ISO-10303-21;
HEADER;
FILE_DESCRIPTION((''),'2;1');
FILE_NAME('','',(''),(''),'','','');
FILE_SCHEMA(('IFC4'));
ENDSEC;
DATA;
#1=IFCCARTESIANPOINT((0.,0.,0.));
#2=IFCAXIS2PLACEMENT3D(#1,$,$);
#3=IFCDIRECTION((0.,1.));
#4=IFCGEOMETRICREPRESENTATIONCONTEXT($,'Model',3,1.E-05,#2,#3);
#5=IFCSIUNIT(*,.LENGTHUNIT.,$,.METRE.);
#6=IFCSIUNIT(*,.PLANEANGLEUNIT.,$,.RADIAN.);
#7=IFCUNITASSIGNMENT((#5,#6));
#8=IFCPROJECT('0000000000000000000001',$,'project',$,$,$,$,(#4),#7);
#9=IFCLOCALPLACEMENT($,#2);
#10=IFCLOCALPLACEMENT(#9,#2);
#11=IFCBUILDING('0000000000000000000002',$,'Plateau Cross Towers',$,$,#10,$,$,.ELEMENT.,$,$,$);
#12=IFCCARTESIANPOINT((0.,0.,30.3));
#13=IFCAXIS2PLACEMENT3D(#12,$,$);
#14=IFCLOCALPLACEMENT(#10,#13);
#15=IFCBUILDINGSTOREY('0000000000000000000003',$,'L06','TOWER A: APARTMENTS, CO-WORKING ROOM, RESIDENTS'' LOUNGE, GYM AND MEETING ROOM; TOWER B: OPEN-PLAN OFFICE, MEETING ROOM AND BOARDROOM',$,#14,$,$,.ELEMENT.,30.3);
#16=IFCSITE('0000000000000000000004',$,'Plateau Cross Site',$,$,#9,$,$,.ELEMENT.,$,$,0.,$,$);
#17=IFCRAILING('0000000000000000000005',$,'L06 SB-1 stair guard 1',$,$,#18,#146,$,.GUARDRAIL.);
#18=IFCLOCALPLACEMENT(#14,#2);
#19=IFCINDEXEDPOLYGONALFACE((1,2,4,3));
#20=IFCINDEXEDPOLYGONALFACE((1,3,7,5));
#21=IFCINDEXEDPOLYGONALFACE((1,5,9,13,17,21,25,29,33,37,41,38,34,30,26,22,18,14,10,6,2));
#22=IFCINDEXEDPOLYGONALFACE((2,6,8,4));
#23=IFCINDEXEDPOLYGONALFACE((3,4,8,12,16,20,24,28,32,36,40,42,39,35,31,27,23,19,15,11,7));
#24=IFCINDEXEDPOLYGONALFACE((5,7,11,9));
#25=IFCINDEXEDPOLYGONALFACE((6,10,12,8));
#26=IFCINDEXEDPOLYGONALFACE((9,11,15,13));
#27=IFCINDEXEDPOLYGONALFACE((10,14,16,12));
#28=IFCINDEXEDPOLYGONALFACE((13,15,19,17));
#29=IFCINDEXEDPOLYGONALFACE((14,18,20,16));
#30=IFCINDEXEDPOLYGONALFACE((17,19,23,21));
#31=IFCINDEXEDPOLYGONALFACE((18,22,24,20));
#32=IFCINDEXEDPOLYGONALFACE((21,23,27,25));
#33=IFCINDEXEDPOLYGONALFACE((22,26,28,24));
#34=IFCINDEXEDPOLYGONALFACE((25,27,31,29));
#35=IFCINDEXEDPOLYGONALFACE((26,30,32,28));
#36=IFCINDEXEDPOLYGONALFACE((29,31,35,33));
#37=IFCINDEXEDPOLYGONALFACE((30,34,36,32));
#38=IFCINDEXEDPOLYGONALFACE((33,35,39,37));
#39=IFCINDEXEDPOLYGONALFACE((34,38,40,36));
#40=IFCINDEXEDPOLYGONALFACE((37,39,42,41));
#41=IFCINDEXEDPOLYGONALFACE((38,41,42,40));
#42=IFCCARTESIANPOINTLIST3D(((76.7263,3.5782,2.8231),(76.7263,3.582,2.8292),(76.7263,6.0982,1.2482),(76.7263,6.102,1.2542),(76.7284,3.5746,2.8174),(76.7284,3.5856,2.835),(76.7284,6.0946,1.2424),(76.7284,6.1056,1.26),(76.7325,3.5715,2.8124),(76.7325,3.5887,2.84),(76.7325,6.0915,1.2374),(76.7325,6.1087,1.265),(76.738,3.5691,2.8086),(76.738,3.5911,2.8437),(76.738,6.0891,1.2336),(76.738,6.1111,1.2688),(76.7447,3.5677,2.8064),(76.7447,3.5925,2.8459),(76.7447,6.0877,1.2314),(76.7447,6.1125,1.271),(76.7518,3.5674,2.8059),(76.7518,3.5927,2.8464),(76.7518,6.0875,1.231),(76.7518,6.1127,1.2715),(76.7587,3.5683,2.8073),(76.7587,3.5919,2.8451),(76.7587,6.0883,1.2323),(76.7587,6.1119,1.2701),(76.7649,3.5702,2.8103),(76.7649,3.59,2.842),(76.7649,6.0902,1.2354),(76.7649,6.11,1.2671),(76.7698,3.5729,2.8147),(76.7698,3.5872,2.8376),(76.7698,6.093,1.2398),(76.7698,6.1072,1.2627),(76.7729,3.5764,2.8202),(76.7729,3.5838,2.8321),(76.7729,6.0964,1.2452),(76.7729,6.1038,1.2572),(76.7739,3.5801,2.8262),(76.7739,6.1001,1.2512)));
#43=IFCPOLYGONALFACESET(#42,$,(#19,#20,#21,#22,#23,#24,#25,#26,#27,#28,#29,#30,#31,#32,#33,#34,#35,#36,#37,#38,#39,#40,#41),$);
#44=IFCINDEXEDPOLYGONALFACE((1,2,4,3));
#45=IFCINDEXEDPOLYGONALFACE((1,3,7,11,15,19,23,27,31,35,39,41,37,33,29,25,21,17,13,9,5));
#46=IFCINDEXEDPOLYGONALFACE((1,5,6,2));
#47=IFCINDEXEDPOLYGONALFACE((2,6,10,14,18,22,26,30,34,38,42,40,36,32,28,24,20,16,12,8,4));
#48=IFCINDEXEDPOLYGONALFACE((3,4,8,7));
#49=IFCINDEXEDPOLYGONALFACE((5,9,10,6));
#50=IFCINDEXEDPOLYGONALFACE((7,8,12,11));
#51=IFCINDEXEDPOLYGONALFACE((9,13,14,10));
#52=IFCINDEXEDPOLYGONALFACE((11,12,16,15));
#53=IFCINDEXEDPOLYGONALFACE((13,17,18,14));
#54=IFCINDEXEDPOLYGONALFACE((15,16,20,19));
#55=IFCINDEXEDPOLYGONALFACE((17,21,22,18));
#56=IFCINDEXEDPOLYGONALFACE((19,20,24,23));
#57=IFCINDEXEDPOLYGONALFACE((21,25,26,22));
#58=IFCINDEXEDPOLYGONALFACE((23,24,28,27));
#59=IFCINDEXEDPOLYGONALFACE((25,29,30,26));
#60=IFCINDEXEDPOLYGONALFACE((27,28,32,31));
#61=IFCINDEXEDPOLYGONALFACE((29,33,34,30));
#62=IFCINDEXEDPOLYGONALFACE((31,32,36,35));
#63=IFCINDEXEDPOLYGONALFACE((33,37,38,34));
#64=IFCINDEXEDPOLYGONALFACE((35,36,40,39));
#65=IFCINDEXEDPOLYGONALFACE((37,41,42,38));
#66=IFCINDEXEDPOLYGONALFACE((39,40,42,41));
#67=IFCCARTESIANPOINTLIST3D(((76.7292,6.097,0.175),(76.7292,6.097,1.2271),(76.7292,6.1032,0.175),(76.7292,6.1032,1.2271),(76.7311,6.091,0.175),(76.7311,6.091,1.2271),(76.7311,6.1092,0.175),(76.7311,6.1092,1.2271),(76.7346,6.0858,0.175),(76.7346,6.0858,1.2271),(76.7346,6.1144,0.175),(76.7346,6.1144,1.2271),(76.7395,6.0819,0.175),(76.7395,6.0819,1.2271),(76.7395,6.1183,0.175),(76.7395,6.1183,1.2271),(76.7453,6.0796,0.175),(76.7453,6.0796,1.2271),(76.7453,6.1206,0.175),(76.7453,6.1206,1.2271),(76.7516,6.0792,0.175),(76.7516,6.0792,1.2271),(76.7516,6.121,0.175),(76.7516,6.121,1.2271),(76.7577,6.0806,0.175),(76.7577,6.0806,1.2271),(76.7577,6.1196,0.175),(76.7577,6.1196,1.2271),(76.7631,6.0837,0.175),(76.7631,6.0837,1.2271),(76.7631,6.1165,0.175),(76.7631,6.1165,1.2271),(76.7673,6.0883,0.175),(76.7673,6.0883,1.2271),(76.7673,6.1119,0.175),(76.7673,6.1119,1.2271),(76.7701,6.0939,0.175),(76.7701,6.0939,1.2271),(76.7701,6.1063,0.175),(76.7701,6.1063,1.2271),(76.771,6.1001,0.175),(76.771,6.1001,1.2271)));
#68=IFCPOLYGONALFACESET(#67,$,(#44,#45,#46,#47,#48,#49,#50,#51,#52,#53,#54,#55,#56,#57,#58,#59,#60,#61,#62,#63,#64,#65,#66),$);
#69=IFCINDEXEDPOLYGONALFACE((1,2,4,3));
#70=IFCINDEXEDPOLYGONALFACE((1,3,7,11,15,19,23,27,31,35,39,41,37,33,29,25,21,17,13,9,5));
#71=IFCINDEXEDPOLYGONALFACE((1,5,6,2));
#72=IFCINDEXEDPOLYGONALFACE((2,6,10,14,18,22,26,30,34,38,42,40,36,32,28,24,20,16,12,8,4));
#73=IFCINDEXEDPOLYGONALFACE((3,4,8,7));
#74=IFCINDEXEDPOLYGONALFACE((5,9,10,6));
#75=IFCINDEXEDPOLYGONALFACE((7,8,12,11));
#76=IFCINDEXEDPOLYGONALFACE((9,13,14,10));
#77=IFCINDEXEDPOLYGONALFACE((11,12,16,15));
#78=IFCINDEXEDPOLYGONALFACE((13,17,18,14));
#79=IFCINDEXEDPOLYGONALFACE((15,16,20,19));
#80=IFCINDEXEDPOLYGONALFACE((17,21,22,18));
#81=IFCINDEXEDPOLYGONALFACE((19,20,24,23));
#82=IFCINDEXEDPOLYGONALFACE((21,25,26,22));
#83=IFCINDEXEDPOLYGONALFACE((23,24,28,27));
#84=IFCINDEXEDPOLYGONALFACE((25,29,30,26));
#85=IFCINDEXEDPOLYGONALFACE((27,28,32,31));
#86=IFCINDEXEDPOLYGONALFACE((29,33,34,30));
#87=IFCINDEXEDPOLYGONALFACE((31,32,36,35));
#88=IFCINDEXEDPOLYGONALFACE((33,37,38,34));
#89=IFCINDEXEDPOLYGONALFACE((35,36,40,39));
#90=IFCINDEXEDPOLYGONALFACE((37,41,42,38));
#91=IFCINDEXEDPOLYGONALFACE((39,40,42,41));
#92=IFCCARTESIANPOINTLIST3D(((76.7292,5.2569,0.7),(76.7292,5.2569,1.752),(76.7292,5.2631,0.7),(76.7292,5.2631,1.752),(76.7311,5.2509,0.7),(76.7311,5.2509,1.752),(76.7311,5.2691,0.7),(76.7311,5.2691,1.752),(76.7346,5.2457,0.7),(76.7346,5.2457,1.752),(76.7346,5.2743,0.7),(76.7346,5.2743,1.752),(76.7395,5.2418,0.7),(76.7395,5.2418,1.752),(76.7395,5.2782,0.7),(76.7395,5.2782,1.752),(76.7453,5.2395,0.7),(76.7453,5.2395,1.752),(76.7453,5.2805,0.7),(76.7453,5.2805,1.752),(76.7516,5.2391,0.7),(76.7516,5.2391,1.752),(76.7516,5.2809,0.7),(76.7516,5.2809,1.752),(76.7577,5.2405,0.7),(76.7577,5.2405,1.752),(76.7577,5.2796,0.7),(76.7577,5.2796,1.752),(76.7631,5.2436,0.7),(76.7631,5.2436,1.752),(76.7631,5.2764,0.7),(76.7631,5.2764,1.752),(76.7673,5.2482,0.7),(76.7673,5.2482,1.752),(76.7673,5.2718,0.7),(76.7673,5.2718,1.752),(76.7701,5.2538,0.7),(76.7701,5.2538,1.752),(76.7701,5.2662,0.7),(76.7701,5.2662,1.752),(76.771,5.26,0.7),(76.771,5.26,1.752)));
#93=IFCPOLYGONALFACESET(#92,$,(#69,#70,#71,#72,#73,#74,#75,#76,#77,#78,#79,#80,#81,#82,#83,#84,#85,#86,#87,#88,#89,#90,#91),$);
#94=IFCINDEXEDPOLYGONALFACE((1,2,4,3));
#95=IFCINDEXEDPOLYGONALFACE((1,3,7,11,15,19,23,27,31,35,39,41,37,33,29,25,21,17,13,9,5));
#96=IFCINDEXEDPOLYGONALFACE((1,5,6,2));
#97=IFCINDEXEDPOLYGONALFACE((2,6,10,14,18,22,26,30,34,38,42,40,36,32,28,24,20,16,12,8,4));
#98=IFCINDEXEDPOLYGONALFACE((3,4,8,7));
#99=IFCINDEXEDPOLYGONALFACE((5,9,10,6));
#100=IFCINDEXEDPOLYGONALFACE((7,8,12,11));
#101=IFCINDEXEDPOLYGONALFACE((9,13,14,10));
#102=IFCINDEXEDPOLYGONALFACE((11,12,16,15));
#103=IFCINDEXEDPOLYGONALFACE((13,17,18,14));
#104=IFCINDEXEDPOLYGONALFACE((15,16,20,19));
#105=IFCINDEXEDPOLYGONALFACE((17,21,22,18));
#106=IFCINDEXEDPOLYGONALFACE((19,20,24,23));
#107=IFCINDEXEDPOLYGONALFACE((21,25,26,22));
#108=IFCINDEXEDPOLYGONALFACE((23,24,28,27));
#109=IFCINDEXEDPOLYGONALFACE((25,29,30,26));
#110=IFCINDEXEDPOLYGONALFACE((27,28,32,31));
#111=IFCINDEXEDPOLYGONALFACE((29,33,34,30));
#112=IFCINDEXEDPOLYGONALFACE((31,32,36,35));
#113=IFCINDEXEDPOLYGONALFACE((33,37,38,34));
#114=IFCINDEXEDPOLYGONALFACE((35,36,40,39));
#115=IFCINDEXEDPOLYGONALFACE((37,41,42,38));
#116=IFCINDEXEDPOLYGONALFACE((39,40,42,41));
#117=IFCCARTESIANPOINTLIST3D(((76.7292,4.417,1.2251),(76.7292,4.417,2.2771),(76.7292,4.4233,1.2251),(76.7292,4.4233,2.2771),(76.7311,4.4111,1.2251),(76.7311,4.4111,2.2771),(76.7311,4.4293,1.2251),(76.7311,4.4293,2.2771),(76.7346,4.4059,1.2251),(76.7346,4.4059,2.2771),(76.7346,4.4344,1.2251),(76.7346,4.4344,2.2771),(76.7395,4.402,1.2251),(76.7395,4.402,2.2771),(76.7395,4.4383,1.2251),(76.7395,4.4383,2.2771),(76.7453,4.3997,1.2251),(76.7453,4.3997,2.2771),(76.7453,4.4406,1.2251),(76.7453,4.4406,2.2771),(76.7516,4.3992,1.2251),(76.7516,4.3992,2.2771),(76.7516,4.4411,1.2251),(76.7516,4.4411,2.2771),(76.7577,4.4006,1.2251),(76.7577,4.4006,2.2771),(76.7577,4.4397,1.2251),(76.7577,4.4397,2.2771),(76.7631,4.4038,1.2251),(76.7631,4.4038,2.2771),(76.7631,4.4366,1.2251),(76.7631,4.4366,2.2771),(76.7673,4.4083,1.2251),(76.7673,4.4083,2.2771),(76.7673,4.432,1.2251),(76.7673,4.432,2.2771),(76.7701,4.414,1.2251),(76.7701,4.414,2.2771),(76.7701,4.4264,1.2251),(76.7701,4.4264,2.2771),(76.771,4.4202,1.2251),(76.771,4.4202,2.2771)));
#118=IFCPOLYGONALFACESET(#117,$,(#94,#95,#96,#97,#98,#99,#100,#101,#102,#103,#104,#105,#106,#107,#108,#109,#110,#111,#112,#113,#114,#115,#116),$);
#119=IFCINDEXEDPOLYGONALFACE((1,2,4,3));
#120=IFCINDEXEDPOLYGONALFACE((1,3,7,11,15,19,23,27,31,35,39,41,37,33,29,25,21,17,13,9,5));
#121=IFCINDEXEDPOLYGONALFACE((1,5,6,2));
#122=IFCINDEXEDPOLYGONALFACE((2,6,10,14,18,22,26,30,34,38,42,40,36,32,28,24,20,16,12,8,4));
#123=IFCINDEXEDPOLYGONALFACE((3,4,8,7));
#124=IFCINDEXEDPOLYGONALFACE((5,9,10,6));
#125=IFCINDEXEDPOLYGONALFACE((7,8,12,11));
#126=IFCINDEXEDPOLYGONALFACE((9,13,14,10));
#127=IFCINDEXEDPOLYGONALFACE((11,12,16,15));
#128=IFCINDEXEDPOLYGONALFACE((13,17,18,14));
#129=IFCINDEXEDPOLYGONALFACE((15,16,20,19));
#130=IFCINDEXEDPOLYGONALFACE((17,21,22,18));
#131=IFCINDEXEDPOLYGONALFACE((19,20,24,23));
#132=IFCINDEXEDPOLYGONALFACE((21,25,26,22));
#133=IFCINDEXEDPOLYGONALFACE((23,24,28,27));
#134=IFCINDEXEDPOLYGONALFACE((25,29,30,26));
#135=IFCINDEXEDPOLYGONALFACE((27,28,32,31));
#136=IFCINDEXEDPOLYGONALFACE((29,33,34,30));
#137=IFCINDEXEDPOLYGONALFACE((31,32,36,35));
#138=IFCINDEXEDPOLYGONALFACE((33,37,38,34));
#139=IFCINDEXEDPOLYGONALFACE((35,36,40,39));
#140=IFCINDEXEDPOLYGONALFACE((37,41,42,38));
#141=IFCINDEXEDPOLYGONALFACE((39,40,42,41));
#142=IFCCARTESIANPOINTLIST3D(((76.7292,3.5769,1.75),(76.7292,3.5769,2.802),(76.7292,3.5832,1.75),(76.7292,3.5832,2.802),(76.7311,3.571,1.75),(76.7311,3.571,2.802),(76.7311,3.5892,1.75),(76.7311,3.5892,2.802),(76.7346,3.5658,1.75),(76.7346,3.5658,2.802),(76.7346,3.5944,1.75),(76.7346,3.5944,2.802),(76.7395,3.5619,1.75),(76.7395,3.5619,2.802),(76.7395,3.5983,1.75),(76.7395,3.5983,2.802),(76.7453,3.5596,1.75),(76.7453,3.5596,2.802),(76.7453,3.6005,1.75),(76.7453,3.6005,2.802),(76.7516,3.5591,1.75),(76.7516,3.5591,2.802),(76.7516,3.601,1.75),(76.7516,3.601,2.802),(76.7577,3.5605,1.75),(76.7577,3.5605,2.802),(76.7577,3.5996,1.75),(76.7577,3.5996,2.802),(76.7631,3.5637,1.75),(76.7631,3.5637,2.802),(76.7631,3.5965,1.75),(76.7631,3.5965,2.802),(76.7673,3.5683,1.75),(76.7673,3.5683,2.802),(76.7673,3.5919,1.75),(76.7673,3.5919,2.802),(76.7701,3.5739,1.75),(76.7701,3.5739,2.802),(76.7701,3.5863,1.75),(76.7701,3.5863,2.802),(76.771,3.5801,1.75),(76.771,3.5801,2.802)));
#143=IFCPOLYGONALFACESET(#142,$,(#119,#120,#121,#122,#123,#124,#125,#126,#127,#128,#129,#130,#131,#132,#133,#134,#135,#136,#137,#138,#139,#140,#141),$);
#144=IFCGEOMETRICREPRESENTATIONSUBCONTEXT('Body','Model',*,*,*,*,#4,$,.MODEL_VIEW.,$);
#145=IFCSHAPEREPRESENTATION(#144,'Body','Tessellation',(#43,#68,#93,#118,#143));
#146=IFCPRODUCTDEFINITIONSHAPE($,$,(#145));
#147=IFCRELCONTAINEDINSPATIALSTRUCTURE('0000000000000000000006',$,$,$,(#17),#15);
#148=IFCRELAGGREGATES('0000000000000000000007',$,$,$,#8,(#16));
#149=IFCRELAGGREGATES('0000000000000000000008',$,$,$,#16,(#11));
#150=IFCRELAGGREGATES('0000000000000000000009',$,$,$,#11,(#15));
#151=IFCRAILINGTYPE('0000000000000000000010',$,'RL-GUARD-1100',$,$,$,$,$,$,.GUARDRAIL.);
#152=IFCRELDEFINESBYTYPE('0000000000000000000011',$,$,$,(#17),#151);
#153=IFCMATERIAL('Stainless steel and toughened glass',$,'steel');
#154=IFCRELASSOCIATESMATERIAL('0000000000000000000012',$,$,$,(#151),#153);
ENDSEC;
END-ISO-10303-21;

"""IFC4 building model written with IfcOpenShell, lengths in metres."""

from ifc_helpers import new_model, si_unit, direction, frame, origin, origin_2d, place, context, subcontext, project, spatial, circle, extrude, material, type_object, element, save


model = new_model("IFC4")

# Units and contexts
model_context = context("Model", 3, precision=1e-05, world=origin(), true_north=direction((0.0, 1.0)))
body_context = subcontext(model_context, "Body", "Model", "MODEL_VIEW")
ifc_project = project(units=[si_unit("LENGTHUNIT", "METRE"), si_unit("PLANEANGLEUNIT", "RADIAN")], contexts=[model_context])

# Site, building, storey
site_placement = place(None, origin())
site = spatial("IfcSite", under=ifc_project, at=site_placement, Name="Plateau Cross Site", CompositionType="ELEMENT", RefElevation=0.0)
building_placement = place(site_placement, origin())
building = spatial("IfcBuilding", under=site, at=building_placement, Name="Plateau Cross Towers", CompositionType="ELEMENT")
storey_placement = place(building_placement, frame((0.0, 0.0, 30.3)))
storey = spatial("IfcBuildingStorey", under=building, at=storey_placement, Name="L06", Description="TOWER A: APARTMENTS, CO-WORKING ROOM, RESIDENTS' LOUNGE, GYM AND MEETING ROOM; TOWER B: OPEN-PLAN OFFICE, MEETING ROOM AND BOARDROOM", CompositionType="ELEMENT", Elevation=30.3)

# Railing
ifc_material_1 = material(Name="Stainless steel and toughened glass", Category="steel")
railing_type_1 = type_object("IfcRailingType", Name="RL-GUARD-1100", PredefinedType="GUARDRAIL", material=ifc_material_1)
railing_1_placement = place(storey_placement, frame((76.75, 6.1001, 0.175)))
element("IfcRailing", 1, at=railing_1_placement, inside=storey, type_object=railing_type_1, Name="L06 SB-1 stair guard 1", PredefinedType="GUARDRAIL", context=body_context, shape_type="SweptSolid", body=[
    extrude(circle(Radius=0.0239, at=origin_2d()), frame((0.0, 0.0, 1.0762), z_axis=(0.0, -0.848008, 0.529984), x_axis=(1.0, 0.0, 0.0)), (0.0, 0.0, 1.0), 2.9717),
    extrude(circle(Radius=0.021, at=origin_2d()), origin(), (0.0, 0.0, 1.0), 1.052),
    extrude(circle(Radius=0.021, at=origin_2d()), frame((0.0, -0.8401, 0.5249)), (0.0, 0.0, 1.0), 1.052),
    extrude(circle(Radius=0.021, at=origin_2d()), frame((0.0, -1.6799, 1.05)), (0.0, 0.0, 1.0), 1.052),
    extrude(circle(Radius=0.021, at=origin_2d()), frame((0.0, -2.52, 1.575)), (0.0, 0.0, 1.0), 1.052),
])

save(model, "model.ifc")
